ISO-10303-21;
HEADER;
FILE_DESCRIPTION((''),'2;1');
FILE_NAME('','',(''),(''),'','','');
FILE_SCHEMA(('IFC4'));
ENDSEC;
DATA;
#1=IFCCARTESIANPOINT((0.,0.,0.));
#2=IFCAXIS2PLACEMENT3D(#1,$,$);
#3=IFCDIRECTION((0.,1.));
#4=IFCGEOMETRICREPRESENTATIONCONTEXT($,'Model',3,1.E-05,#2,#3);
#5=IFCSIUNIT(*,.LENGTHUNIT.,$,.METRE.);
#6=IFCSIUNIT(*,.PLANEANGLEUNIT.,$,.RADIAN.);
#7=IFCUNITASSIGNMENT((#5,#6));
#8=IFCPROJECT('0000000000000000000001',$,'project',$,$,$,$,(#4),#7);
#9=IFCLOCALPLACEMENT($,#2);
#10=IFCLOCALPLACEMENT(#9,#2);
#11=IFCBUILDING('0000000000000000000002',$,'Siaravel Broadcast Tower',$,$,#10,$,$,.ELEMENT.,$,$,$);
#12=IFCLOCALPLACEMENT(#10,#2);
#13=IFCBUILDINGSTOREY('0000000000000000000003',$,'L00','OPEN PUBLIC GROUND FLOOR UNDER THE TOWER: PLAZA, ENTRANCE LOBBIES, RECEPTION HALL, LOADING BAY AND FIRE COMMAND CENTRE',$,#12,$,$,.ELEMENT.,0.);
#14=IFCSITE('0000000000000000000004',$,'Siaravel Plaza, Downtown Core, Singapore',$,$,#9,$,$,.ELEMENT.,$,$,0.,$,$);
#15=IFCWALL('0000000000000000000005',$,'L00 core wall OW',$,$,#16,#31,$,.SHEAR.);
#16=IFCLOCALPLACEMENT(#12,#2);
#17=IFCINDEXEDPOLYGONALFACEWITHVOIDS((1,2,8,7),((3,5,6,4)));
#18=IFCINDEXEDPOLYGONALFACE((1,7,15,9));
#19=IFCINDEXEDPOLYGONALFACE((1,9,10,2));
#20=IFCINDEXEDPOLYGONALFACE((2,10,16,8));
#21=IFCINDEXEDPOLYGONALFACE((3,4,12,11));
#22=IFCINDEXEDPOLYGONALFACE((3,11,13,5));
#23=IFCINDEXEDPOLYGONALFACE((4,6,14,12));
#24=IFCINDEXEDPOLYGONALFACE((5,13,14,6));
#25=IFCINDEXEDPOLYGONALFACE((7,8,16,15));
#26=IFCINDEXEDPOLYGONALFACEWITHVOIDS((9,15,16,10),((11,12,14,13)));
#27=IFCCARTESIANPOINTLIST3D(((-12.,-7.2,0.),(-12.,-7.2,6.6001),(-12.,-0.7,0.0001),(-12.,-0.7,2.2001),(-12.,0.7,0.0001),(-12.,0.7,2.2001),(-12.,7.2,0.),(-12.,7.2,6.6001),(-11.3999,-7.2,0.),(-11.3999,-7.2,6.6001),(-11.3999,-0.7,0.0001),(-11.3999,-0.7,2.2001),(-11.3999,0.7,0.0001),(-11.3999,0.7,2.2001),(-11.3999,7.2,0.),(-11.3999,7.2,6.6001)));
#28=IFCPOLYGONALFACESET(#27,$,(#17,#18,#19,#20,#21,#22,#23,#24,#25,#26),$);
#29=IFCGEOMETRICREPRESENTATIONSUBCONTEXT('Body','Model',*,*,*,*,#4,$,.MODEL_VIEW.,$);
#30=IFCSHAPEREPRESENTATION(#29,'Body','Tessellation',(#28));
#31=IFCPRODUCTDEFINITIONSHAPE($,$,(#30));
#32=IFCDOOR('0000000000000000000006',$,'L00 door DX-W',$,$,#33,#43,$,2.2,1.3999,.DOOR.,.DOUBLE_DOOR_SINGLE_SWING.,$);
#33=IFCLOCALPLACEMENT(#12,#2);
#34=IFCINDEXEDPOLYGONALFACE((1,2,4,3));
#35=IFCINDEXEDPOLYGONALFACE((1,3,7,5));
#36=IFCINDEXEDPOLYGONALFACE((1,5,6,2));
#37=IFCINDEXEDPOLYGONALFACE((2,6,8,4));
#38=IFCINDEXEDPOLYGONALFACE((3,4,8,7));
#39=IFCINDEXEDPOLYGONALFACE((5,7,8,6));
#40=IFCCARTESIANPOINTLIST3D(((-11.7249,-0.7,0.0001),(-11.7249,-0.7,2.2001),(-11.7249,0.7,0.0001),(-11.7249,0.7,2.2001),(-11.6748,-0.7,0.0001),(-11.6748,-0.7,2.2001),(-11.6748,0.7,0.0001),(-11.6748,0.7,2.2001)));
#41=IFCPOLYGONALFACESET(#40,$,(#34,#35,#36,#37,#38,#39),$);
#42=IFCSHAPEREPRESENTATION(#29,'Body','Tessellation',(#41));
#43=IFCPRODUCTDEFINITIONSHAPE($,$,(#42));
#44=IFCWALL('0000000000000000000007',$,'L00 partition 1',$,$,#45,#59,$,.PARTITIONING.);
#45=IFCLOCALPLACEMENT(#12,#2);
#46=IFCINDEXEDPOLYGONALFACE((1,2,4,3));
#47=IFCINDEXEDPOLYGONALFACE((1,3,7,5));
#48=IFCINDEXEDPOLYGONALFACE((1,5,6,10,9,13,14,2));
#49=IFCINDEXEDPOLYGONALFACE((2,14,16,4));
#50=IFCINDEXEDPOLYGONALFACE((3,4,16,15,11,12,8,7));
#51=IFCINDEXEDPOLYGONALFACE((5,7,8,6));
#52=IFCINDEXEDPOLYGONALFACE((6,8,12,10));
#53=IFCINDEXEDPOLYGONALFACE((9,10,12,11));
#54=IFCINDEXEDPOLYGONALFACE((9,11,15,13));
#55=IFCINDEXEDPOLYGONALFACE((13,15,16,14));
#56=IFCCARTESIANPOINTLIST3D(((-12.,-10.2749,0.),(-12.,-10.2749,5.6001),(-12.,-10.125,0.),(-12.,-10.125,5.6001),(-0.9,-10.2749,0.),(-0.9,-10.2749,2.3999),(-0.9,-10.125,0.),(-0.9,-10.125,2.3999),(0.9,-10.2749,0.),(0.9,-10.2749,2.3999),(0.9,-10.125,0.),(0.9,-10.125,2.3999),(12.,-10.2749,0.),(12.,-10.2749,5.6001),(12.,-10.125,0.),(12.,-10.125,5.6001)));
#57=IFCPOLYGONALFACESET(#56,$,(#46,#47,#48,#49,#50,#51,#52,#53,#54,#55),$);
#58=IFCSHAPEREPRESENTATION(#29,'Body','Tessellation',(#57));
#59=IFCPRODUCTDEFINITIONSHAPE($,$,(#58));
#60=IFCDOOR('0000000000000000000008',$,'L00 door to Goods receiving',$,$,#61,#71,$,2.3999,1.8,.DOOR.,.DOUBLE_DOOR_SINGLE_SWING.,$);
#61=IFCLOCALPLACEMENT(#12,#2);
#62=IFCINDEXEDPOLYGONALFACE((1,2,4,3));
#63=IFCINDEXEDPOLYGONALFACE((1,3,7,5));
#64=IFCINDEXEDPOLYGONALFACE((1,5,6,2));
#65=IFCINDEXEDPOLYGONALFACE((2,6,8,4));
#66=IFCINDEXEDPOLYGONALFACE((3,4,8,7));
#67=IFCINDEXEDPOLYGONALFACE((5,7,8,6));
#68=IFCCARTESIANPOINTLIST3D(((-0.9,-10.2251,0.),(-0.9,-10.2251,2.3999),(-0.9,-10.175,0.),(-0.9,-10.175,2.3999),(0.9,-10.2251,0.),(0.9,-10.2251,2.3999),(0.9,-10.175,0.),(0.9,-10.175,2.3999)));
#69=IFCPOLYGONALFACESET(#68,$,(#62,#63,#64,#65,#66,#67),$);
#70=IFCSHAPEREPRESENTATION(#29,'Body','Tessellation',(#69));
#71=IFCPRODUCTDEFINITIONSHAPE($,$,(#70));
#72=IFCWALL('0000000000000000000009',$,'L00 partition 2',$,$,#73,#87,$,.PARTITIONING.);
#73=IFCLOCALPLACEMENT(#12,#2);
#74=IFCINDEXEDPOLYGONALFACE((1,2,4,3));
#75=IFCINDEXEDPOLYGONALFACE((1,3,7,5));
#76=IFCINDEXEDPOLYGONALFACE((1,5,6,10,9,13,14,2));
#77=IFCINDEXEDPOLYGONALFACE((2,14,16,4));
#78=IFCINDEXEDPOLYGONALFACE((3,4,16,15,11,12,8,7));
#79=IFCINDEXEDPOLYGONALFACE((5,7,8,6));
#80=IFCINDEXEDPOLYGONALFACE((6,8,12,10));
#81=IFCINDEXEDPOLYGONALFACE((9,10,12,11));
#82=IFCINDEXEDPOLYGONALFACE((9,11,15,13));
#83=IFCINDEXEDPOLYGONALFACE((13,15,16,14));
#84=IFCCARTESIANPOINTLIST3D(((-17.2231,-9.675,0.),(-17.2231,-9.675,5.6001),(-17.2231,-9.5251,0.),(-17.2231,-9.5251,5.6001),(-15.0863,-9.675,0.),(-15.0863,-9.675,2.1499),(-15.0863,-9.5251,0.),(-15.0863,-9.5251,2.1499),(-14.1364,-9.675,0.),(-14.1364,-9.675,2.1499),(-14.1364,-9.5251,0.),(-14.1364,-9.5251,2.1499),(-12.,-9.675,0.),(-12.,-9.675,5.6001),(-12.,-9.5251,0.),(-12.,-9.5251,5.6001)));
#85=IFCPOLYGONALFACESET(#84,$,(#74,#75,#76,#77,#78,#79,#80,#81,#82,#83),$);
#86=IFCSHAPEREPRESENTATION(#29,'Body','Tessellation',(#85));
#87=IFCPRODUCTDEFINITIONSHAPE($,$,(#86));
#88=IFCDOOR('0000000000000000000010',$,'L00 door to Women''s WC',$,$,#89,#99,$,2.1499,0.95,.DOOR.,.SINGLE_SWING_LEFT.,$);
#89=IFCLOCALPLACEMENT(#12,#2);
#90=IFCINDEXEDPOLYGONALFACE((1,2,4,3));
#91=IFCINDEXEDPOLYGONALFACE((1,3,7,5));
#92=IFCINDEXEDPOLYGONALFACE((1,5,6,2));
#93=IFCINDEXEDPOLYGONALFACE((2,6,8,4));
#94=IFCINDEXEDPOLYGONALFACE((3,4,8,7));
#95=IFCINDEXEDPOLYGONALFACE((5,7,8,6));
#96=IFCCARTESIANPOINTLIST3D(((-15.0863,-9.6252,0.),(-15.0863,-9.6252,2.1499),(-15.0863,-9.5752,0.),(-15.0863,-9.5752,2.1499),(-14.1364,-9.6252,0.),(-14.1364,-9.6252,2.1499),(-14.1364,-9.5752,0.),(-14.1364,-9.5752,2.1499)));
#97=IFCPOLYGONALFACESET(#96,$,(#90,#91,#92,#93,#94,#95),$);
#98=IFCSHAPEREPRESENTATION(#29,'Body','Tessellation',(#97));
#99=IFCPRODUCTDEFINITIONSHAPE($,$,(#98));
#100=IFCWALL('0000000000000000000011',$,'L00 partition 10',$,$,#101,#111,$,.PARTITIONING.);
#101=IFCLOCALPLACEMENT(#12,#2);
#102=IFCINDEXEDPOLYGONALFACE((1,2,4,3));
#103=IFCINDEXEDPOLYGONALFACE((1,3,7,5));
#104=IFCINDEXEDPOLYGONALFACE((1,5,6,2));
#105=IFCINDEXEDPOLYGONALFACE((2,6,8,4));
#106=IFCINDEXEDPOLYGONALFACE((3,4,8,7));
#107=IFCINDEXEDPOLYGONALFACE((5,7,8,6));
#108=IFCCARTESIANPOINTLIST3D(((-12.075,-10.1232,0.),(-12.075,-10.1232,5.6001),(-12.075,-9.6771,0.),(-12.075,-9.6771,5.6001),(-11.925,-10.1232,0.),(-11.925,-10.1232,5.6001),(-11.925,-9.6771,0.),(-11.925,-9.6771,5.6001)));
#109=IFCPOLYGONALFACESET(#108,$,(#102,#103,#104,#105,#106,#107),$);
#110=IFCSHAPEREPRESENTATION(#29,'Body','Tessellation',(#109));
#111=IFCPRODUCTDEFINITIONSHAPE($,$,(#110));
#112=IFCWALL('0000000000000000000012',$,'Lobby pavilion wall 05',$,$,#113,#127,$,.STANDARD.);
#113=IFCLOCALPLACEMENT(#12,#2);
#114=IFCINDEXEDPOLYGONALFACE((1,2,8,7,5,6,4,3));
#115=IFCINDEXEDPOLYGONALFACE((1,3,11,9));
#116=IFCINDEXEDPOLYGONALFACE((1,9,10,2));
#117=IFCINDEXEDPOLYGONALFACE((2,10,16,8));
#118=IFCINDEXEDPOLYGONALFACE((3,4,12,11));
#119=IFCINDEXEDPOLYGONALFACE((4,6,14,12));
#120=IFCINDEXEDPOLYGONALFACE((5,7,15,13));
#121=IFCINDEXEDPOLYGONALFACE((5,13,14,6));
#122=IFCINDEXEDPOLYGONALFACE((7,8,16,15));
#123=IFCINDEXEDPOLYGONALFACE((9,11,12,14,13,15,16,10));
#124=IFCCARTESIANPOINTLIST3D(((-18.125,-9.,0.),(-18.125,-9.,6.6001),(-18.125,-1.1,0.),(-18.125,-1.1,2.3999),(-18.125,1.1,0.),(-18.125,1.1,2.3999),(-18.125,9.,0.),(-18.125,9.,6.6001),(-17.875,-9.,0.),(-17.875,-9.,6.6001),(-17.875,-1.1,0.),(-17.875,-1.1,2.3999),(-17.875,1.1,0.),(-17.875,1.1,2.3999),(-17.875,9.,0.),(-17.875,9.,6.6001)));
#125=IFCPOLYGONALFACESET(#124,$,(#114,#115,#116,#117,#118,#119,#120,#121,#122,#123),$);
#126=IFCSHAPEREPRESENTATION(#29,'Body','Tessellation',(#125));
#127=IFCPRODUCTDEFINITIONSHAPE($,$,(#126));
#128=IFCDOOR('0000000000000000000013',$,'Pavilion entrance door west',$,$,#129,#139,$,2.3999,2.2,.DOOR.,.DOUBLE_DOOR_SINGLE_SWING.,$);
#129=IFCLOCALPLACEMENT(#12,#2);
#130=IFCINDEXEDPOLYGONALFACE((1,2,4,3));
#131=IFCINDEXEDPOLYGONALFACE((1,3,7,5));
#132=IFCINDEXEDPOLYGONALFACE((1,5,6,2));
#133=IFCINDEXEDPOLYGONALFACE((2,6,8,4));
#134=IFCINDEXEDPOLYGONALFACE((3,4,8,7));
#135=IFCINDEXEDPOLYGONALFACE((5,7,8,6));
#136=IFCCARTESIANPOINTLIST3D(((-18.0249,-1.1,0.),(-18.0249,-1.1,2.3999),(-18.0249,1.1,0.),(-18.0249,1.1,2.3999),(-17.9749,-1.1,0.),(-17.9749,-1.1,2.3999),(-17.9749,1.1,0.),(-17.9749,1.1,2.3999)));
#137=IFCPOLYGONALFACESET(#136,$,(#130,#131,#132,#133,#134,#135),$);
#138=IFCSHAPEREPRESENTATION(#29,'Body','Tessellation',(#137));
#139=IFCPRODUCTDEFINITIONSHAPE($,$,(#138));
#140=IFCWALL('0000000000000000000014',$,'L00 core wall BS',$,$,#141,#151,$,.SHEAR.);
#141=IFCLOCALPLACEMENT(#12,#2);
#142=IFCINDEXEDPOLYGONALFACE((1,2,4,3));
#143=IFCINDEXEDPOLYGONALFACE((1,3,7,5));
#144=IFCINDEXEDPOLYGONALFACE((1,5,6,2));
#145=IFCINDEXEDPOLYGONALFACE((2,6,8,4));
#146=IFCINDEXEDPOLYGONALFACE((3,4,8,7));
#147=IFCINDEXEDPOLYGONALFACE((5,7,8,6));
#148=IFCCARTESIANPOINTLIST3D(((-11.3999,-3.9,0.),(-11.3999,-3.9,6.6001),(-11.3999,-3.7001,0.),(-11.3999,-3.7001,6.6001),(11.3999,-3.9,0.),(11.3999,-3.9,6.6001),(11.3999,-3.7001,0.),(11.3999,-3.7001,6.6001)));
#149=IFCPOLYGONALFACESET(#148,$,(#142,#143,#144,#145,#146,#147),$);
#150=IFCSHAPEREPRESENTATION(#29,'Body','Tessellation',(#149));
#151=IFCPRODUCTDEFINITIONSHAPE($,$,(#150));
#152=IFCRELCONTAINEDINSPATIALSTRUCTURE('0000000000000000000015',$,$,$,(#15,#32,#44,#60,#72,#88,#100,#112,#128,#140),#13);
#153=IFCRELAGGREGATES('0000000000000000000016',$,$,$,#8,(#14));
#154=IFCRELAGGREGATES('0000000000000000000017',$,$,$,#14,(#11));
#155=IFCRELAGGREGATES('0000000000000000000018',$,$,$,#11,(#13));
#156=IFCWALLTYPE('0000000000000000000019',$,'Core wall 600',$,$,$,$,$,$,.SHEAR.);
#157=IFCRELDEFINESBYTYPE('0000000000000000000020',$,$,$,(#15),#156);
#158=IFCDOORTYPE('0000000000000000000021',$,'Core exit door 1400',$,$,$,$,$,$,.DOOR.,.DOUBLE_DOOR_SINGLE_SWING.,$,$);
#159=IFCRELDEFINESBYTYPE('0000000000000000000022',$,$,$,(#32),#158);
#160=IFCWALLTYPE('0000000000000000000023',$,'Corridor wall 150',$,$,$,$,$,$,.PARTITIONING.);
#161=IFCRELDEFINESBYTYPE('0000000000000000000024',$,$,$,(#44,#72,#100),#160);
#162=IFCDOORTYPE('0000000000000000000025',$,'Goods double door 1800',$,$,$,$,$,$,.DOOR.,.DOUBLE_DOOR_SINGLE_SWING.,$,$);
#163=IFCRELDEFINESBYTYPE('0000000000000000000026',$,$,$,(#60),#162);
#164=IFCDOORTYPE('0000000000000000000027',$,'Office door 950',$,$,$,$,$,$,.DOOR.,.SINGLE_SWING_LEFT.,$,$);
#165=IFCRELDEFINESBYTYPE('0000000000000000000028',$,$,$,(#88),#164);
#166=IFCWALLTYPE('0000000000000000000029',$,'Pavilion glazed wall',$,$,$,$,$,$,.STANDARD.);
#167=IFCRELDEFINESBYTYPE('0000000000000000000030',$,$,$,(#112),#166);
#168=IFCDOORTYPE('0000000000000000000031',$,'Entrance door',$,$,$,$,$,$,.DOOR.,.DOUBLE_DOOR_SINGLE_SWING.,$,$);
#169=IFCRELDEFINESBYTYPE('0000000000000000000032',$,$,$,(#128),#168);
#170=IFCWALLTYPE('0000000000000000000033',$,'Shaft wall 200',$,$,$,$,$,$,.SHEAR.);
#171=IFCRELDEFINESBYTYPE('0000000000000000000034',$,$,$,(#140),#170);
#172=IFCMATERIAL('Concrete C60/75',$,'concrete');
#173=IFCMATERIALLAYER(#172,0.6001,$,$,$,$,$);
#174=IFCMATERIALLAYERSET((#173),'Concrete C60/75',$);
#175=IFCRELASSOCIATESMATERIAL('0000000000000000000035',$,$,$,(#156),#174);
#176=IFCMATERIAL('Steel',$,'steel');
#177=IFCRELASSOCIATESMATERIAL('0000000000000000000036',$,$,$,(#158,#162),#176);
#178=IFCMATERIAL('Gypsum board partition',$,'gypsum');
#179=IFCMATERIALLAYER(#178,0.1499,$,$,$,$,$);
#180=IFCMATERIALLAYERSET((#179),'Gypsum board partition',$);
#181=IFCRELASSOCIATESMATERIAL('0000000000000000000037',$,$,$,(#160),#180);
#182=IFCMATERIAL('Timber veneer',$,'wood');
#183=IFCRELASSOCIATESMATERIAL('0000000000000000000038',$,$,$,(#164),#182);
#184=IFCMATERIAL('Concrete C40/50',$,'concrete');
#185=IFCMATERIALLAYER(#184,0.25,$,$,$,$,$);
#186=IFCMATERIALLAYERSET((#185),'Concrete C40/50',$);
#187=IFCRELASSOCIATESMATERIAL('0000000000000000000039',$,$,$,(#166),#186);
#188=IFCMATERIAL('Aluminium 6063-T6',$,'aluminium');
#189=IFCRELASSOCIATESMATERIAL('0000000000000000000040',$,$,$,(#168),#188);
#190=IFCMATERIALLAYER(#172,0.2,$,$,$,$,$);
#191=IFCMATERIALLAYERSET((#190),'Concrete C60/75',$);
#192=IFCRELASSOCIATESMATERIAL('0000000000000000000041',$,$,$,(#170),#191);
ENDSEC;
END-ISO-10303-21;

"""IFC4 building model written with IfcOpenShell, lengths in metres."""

from ifc_helpers import new_model, si_unit, direction, frame, frame_2d, origin, place, context, subcontext, project, spatial, rectangle, extrude, material, layer, layer_set, type_object, element, fill, save


model = new_model("IFC4")

# Units and contexts
model_context = context("Model", 3, precision=1e-05, world=origin(), true_north=direction((0.0, 1.0)))
body_context = subcontext(model_context, "Body", "Model", "MODEL_VIEW")
ifc_project = project(units=[si_unit("LENGTHUNIT", "METRE"), si_unit("PLANEANGLEUNIT", "RADIAN")], contexts=[model_context])

# Site, building, storey
site_placement = place(None, origin())
site = spatial("IfcSite", under=ifc_project, at=site_placement, Name="Siaravel Plaza, Downtown Core, Singapore", CompositionType="ELEMENT", RefElevation=0.0)
building_placement = place(site_placement, origin())
building = spatial("IfcBuilding", under=site, at=building_placement, Name="Siaravel Broadcast Tower", CompositionType="ELEMENT")
storey_placement = place(building_placement, origin())
storey = spatial("IfcBuildingStorey", under=building, at=storey_placement, Name="L00", Description="OPEN PUBLIC GROUND FLOOR UNDER THE TOWER: PLAZA, ENTRANCE LOBBIES, RECEPTION HALL, LOADING BAY AND FIRE COMMAND CENTRE", CompositionType="ELEMENT", Elevation=0.0)

# Wall, opening, door
ifc_material_1 = material(Name="Concrete C60/75", Category="concrete")
ifc_layer_1 = layer(ifc_material_1, 0.6001)
ifc_layer_set_1 = layer_set([ifc_layer_1], Name="Concrete C60/75")
wall_type_1 = type_object("IfcWallType", Name="Core wall 600", PredefinedType="SHEAR", material=ifc_layer_set_1)
wall_1_placement = place(storey_placement, frame((-11.7, -7.2, 0.0), z_axis=(0.0, 0.0, 1.0), x_axis=(0.0, 1.0, 0.0)))
wall_1 = element("IfcWall", 1, at=wall_1_placement, inside=storey, type_object=wall_type_1, Name="L00 core wall OW", PredefinedType="SHEAR", context=body_context, shape_type="SweptSolid", body=[
    extrude(rectangle(XDim=14.3999, YDim=0.6001, at=frame_2d((7.2, 0.0))), origin(), (0.0, 0.0, 1.0), 6.6001),
])
opening_1_placement = place(wall_1_placement, frame((6.5, 0.0, 0.0)))
opening_1 = element("IfcOpeningElement", 2, at=opening_1_placement, cuts=wall_1, PredefinedType="OPENING", context=body_context, shape_type="SweptSolid", body=[
    extrude(rectangle(XDim=1.3999, YDim=2.2, at=frame_2d((0.7, 1.1001))), frame((0.0, 0.3101, 0.0), z_axis=(0.0, -1.0, 0.0), x_axis=(1.0, 0.0, 0.0)), (0.0, 0.0, 1.0), 0.6201),
])
ifc_material_2 = material(Name="Steel", Category="steel")
door_type_1 = type_object("IfcDoorType", Name="Core exit door 1400", OperationType="DOUBLE_DOOR_SINGLE_SWING", PredefinedType="DOOR", material=ifc_material_2)
door_1_placement = place(opening_1_placement, origin())
door_1 = element("IfcDoor", 3, at=door_1_placement, inside=storey, type_object=door_type_1, Name="L00 door DX-W", OperationType="DOUBLE_DOOR_SINGLE_SWING", OverallHeight=2.2, OverallWidth=1.3999, PredefinedType="DOOR", context=body_context, shape_type="SweptSolid", body=[
    extrude(rectangle(XDim=1.3999, YDim=2.2, at=frame_2d((0.7, 1.1001))), frame((0.0, 0.0249, 0.0), z_axis=(0.0, -1.0, 0.0), x_axis=(1.0, 0.0, 0.0)), (0.0, 0.0, 1.0), 0.05),
])
fill(opening_1, door_1)

# Walls, openings, doors
ifc_material_3 = material(Name="Gypsum board partition", Category="gypsum")
ifc_layer_2 = layer(ifc_material_3, 0.1499)
ifc_layer_set_2 = layer_set([ifc_layer_2], Name="Gypsum board partition")
wall_type_2 = type_object("IfcWallType", Name="Corridor wall 150", PredefinedType="PARTITIONING", material=ifc_layer_set_2)
wall_2_placement = place(storey_placement, frame((-12.0, -10.2, 0.0), z_axis=(0.0, 0.0, 1.0), x_axis=(1.0, 0.0, 0.0)))
wall_2 = element("IfcWall", 4, at=wall_2_placement, inside=storey, type_object=wall_type_2, Name="L00 partition 1", PredefinedType="PARTITIONING", context=body_context, shape_type="SweptSolid", body=[
    extrude(rectangle(XDim=24.0, YDim=0.1499, at=frame_2d((12.0, 0.0))), origin(), (0.0, 0.0, 1.0), 5.6001),
])
opening_2_placement = place(wall_2_placement, frame((11.1001, 0.0, 0.0)))
opening_2 = element("IfcOpeningElement", 5, at=opening_2_placement, cuts=wall_2, PredefinedType="OPENING", context=body_context, shape_type="SweptSolid", body=[
    extrude(rectangle(XDim=1.8, YDim=2.3999, at=frame_2d((0.8999, 1.2))), frame((0.0, 0.085, 0.0), z_axis=(0.0, -1.0, 0.0), x_axis=(1.0, 0.0, 0.0)), (0.0, 0.0, 1.0), 0.1699),
])
door_type_2 = type_object("IfcDoorType", Name="Goods double door 1800", OperationType="DOUBLE_DOOR_SINGLE_SWING", PredefinedType="DOOR", material=ifc_material_2)
door_2_placement = place(opening_2_placement, origin())
door_2 = element("IfcDoor", 6, at=door_2_placement, inside=storey, type_object=door_type_2, Name="L00 door to Goods receiving", OperationType="DOUBLE_DOOR_SINGLE_SWING", OverallHeight=2.3999, OverallWidth=1.8, PredefinedType="DOOR", context=body_context, shape_type="SweptSolid", body=[
    extrude(rectangle(XDim=1.8, YDim=2.3999, at=frame_2d((0.8999, 1.2))), frame((0.0, 0.0249, 0.0), z_axis=(0.0, -1.0, 0.0), x_axis=(1.0, 0.0, 0.0)), (0.0, 0.0, 1.0), 0.05),
])
fill(opening_2, door_2)
wall_3_placement = place(storey_placement, frame((-17.2231, -9.6001, 0.0), z_axis=(0.0, 0.0, 1.0), x_axis=(1.0, 0.0, 0.0)))
wall_3 = element("IfcWall", 7, at=wall_3_placement, inside=storey, type_object=wall_type_2, Name="L00 partition 2", PredefinedType="PARTITIONING", context=body_context, shape_type="SweptSolid", body=[
    extrude(rectangle(XDim=5.2231, YDim=0.1499, at=frame_2d((2.6116, 0.0))), origin(), (0.0, 0.0, 1.0), 5.6001),
])
opening_3_placement = place(wall_3_placement, frame((2.1367, 0.0, 0.0)))
opening_3 = element("IfcOpeningElement", 8, at=opening_3_placement, cuts=wall_3, PredefinedType="OPENING", context=body_context, shape_type="SweptSolid", body=[
    extrude(rectangle(XDim=0.95, YDim=2.1499, at=frame_2d((0.4751, 1.075))), frame((0.0, 0.085, 0.0), z_axis=(0.0, -1.0, 0.0), x_axis=(1.0, 0.0, 0.0)), (0.0, 0.0, 1.0), 0.1699),
])
ifc_material_4 = material(Name="Timber veneer", Category="wood")
door_type_3 = type_object("IfcDoorType", Name="Office door 950", OperationType="SINGLE_SWING_LEFT", PredefinedType="DOOR", material=ifc_material_4)
door_3_placement = place(opening_3_placement, origin())
door_3 = element("IfcDoor", 9, at=door_3_placement, inside=storey, type_object=door_type_3, Name="L00 door to Women's WC", OperationType="SINGLE_SWING_LEFT", OverallHeight=2.1499, OverallWidth=0.95, PredefinedType="DOOR", context=body_context, shape_type="SweptSolid", body=[
    extrude(rectangle(XDim=0.95, YDim=2.1499, at=frame_2d((0.4751, 1.075))), frame((0.0, 0.0249, 0.0), z_axis=(0.0, -1.0, 0.0), x_axis=(1.0, 0.0, 0.0)), (0.0, 0.0, 1.0), 0.05),
])
fill(opening_3, door_3)

# Wall
wall_4_placement = place(storey_placement, frame((-12.0, -9.677, 0.0), z_axis=(0.0, 0.0, 1.0), x_axis=(0.0, -1.0, 0.0)))
element("IfcWall", 10, at=wall_4_placement, inside=storey, type_object=wall_type_2, Name="L00 partition 10", PredefinedType="PARTITIONING", context=body_context, shape_type="SweptSolid", body=[
    extrude(rectangle(XDim=0.446, YDim=0.1499, at=frame_2d((0.2231, 0.0))), origin(), (0.0, 0.0, 1.0), 5.6001),
])

# Wall, opening, door
ifc_material_5 = material(Name="Concrete C40/50", Category="concrete")
ifc_layer_3 = layer(ifc_material_5, 0.25)
ifc_layer_set_3 = layer_set([ifc_layer_3], Name="Concrete C40/50")
wall_type_3 = type_object("IfcWallType", Name="Pavilion glazed wall", PredefinedType="STANDARD", material=ifc_layer_set_3)
wall_5_placement = place(storey_placement, frame((-18.0, -9.0, 0.0), z_axis=(0.0, 0.0, 1.0), x_axis=(0.0, 1.0, 0.0)))
wall_5 = element("IfcWall", 11, at=wall_5_placement, inside=storey, type_object=wall_type_3, Name="Lobby pavilion wall 05", PredefinedType="STANDARD", context=body_context, shape_type="SweptSolid", body=[
    extrude(rectangle(XDim=18.0, YDim=0.25, at=frame_2d((9.0, 0.0))), origin(), (0.0, 0.0, 1.0), 6.6001),
])
opening_4_placement = place(wall_5_placement, frame((7.8999, 0.0, 0.0)))
opening_4 = element("IfcOpeningElement", 12, at=opening_4_placement, cuts=wall_5, PredefinedType="OPENING", context=body_context, shape_type="SweptSolid", body=[
    extrude(rectangle(XDim=2.2, YDim=2.3999, at=frame_2d((1.1001, 1.2))), frame((0.0, 0.135, 0.0), z_axis=(0.0, -1.0, 0.0), x_axis=(1.0, 0.0, 0.0)), (0.0, 0.0, 1.0), 0.27),
])
ifc_material_6 = material(Name="Aluminium 6063-T6", Category="aluminium")
door_type_4 = type_object("IfcDoorType", Name="Entrance door", OperationType="DOUBLE_DOOR_SINGLE_SWING", PredefinedType="DOOR", material=ifc_material_6)
door_4_placement = place(opening_4_placement, origin())
door_4 = element("IfcDoor", 13, at=door_4_placement, inside=storey, type_object=door_type_4, Name="Pavilion entrance door west", OperationType="DOUBLE_DOOR_SINGLE_SWING", OverallHeight=2.3999, OverallWidth=2.2, PredefinedType="DOOR", context=body_context, shape_type="SweptSolid", body=[
    extrude(rectangle(XDim=2.2, YDim=2.3999, at=frame_2d((1.1001, 1.2))), frame((0.0, 0.0249, 0.0), z_axis=(0.0, -1.0, 0.0), x_axis=(1.0, 0.0, 0.0)), (0.0, 0.0, 1.0), 0.05),
])
fill(opening_4, door_4)

# Wall
ifc_layer_4 = layer(ifc_material_1, 0.2)
ifc_layer_set_4 = layer_set([ifc_layer_4], Name="Concrete C60/75")
wall_type_4 = type_object("IfcWallType", Name="Shaft wall 200", PredefinedType="SHEAR", material=ifc_layer_set_4)
wall_6_placement = place(storey_placement, frame((-11.3999, -3.8, 0.0), z_axis=(0.0, 0.0, 1.0), x_axis=(1.0, 0.0, 0.0)))
element("IfcWall", 14, at=wall_6_placement, inside=storey, type_object=wall_type_4, Name="L00 core wall BS", PredefinedType="SHEAR", context=body_context, shape_type="SweptSolid", body=[
    extrude(rectangle(XDim=22.7998, YDim=0.2, at=frame_2d((11.3999, 0.0))), origin(), (0.0, 0.0, 1.0), 6.6001),
])

save(model, "model.ifc")
